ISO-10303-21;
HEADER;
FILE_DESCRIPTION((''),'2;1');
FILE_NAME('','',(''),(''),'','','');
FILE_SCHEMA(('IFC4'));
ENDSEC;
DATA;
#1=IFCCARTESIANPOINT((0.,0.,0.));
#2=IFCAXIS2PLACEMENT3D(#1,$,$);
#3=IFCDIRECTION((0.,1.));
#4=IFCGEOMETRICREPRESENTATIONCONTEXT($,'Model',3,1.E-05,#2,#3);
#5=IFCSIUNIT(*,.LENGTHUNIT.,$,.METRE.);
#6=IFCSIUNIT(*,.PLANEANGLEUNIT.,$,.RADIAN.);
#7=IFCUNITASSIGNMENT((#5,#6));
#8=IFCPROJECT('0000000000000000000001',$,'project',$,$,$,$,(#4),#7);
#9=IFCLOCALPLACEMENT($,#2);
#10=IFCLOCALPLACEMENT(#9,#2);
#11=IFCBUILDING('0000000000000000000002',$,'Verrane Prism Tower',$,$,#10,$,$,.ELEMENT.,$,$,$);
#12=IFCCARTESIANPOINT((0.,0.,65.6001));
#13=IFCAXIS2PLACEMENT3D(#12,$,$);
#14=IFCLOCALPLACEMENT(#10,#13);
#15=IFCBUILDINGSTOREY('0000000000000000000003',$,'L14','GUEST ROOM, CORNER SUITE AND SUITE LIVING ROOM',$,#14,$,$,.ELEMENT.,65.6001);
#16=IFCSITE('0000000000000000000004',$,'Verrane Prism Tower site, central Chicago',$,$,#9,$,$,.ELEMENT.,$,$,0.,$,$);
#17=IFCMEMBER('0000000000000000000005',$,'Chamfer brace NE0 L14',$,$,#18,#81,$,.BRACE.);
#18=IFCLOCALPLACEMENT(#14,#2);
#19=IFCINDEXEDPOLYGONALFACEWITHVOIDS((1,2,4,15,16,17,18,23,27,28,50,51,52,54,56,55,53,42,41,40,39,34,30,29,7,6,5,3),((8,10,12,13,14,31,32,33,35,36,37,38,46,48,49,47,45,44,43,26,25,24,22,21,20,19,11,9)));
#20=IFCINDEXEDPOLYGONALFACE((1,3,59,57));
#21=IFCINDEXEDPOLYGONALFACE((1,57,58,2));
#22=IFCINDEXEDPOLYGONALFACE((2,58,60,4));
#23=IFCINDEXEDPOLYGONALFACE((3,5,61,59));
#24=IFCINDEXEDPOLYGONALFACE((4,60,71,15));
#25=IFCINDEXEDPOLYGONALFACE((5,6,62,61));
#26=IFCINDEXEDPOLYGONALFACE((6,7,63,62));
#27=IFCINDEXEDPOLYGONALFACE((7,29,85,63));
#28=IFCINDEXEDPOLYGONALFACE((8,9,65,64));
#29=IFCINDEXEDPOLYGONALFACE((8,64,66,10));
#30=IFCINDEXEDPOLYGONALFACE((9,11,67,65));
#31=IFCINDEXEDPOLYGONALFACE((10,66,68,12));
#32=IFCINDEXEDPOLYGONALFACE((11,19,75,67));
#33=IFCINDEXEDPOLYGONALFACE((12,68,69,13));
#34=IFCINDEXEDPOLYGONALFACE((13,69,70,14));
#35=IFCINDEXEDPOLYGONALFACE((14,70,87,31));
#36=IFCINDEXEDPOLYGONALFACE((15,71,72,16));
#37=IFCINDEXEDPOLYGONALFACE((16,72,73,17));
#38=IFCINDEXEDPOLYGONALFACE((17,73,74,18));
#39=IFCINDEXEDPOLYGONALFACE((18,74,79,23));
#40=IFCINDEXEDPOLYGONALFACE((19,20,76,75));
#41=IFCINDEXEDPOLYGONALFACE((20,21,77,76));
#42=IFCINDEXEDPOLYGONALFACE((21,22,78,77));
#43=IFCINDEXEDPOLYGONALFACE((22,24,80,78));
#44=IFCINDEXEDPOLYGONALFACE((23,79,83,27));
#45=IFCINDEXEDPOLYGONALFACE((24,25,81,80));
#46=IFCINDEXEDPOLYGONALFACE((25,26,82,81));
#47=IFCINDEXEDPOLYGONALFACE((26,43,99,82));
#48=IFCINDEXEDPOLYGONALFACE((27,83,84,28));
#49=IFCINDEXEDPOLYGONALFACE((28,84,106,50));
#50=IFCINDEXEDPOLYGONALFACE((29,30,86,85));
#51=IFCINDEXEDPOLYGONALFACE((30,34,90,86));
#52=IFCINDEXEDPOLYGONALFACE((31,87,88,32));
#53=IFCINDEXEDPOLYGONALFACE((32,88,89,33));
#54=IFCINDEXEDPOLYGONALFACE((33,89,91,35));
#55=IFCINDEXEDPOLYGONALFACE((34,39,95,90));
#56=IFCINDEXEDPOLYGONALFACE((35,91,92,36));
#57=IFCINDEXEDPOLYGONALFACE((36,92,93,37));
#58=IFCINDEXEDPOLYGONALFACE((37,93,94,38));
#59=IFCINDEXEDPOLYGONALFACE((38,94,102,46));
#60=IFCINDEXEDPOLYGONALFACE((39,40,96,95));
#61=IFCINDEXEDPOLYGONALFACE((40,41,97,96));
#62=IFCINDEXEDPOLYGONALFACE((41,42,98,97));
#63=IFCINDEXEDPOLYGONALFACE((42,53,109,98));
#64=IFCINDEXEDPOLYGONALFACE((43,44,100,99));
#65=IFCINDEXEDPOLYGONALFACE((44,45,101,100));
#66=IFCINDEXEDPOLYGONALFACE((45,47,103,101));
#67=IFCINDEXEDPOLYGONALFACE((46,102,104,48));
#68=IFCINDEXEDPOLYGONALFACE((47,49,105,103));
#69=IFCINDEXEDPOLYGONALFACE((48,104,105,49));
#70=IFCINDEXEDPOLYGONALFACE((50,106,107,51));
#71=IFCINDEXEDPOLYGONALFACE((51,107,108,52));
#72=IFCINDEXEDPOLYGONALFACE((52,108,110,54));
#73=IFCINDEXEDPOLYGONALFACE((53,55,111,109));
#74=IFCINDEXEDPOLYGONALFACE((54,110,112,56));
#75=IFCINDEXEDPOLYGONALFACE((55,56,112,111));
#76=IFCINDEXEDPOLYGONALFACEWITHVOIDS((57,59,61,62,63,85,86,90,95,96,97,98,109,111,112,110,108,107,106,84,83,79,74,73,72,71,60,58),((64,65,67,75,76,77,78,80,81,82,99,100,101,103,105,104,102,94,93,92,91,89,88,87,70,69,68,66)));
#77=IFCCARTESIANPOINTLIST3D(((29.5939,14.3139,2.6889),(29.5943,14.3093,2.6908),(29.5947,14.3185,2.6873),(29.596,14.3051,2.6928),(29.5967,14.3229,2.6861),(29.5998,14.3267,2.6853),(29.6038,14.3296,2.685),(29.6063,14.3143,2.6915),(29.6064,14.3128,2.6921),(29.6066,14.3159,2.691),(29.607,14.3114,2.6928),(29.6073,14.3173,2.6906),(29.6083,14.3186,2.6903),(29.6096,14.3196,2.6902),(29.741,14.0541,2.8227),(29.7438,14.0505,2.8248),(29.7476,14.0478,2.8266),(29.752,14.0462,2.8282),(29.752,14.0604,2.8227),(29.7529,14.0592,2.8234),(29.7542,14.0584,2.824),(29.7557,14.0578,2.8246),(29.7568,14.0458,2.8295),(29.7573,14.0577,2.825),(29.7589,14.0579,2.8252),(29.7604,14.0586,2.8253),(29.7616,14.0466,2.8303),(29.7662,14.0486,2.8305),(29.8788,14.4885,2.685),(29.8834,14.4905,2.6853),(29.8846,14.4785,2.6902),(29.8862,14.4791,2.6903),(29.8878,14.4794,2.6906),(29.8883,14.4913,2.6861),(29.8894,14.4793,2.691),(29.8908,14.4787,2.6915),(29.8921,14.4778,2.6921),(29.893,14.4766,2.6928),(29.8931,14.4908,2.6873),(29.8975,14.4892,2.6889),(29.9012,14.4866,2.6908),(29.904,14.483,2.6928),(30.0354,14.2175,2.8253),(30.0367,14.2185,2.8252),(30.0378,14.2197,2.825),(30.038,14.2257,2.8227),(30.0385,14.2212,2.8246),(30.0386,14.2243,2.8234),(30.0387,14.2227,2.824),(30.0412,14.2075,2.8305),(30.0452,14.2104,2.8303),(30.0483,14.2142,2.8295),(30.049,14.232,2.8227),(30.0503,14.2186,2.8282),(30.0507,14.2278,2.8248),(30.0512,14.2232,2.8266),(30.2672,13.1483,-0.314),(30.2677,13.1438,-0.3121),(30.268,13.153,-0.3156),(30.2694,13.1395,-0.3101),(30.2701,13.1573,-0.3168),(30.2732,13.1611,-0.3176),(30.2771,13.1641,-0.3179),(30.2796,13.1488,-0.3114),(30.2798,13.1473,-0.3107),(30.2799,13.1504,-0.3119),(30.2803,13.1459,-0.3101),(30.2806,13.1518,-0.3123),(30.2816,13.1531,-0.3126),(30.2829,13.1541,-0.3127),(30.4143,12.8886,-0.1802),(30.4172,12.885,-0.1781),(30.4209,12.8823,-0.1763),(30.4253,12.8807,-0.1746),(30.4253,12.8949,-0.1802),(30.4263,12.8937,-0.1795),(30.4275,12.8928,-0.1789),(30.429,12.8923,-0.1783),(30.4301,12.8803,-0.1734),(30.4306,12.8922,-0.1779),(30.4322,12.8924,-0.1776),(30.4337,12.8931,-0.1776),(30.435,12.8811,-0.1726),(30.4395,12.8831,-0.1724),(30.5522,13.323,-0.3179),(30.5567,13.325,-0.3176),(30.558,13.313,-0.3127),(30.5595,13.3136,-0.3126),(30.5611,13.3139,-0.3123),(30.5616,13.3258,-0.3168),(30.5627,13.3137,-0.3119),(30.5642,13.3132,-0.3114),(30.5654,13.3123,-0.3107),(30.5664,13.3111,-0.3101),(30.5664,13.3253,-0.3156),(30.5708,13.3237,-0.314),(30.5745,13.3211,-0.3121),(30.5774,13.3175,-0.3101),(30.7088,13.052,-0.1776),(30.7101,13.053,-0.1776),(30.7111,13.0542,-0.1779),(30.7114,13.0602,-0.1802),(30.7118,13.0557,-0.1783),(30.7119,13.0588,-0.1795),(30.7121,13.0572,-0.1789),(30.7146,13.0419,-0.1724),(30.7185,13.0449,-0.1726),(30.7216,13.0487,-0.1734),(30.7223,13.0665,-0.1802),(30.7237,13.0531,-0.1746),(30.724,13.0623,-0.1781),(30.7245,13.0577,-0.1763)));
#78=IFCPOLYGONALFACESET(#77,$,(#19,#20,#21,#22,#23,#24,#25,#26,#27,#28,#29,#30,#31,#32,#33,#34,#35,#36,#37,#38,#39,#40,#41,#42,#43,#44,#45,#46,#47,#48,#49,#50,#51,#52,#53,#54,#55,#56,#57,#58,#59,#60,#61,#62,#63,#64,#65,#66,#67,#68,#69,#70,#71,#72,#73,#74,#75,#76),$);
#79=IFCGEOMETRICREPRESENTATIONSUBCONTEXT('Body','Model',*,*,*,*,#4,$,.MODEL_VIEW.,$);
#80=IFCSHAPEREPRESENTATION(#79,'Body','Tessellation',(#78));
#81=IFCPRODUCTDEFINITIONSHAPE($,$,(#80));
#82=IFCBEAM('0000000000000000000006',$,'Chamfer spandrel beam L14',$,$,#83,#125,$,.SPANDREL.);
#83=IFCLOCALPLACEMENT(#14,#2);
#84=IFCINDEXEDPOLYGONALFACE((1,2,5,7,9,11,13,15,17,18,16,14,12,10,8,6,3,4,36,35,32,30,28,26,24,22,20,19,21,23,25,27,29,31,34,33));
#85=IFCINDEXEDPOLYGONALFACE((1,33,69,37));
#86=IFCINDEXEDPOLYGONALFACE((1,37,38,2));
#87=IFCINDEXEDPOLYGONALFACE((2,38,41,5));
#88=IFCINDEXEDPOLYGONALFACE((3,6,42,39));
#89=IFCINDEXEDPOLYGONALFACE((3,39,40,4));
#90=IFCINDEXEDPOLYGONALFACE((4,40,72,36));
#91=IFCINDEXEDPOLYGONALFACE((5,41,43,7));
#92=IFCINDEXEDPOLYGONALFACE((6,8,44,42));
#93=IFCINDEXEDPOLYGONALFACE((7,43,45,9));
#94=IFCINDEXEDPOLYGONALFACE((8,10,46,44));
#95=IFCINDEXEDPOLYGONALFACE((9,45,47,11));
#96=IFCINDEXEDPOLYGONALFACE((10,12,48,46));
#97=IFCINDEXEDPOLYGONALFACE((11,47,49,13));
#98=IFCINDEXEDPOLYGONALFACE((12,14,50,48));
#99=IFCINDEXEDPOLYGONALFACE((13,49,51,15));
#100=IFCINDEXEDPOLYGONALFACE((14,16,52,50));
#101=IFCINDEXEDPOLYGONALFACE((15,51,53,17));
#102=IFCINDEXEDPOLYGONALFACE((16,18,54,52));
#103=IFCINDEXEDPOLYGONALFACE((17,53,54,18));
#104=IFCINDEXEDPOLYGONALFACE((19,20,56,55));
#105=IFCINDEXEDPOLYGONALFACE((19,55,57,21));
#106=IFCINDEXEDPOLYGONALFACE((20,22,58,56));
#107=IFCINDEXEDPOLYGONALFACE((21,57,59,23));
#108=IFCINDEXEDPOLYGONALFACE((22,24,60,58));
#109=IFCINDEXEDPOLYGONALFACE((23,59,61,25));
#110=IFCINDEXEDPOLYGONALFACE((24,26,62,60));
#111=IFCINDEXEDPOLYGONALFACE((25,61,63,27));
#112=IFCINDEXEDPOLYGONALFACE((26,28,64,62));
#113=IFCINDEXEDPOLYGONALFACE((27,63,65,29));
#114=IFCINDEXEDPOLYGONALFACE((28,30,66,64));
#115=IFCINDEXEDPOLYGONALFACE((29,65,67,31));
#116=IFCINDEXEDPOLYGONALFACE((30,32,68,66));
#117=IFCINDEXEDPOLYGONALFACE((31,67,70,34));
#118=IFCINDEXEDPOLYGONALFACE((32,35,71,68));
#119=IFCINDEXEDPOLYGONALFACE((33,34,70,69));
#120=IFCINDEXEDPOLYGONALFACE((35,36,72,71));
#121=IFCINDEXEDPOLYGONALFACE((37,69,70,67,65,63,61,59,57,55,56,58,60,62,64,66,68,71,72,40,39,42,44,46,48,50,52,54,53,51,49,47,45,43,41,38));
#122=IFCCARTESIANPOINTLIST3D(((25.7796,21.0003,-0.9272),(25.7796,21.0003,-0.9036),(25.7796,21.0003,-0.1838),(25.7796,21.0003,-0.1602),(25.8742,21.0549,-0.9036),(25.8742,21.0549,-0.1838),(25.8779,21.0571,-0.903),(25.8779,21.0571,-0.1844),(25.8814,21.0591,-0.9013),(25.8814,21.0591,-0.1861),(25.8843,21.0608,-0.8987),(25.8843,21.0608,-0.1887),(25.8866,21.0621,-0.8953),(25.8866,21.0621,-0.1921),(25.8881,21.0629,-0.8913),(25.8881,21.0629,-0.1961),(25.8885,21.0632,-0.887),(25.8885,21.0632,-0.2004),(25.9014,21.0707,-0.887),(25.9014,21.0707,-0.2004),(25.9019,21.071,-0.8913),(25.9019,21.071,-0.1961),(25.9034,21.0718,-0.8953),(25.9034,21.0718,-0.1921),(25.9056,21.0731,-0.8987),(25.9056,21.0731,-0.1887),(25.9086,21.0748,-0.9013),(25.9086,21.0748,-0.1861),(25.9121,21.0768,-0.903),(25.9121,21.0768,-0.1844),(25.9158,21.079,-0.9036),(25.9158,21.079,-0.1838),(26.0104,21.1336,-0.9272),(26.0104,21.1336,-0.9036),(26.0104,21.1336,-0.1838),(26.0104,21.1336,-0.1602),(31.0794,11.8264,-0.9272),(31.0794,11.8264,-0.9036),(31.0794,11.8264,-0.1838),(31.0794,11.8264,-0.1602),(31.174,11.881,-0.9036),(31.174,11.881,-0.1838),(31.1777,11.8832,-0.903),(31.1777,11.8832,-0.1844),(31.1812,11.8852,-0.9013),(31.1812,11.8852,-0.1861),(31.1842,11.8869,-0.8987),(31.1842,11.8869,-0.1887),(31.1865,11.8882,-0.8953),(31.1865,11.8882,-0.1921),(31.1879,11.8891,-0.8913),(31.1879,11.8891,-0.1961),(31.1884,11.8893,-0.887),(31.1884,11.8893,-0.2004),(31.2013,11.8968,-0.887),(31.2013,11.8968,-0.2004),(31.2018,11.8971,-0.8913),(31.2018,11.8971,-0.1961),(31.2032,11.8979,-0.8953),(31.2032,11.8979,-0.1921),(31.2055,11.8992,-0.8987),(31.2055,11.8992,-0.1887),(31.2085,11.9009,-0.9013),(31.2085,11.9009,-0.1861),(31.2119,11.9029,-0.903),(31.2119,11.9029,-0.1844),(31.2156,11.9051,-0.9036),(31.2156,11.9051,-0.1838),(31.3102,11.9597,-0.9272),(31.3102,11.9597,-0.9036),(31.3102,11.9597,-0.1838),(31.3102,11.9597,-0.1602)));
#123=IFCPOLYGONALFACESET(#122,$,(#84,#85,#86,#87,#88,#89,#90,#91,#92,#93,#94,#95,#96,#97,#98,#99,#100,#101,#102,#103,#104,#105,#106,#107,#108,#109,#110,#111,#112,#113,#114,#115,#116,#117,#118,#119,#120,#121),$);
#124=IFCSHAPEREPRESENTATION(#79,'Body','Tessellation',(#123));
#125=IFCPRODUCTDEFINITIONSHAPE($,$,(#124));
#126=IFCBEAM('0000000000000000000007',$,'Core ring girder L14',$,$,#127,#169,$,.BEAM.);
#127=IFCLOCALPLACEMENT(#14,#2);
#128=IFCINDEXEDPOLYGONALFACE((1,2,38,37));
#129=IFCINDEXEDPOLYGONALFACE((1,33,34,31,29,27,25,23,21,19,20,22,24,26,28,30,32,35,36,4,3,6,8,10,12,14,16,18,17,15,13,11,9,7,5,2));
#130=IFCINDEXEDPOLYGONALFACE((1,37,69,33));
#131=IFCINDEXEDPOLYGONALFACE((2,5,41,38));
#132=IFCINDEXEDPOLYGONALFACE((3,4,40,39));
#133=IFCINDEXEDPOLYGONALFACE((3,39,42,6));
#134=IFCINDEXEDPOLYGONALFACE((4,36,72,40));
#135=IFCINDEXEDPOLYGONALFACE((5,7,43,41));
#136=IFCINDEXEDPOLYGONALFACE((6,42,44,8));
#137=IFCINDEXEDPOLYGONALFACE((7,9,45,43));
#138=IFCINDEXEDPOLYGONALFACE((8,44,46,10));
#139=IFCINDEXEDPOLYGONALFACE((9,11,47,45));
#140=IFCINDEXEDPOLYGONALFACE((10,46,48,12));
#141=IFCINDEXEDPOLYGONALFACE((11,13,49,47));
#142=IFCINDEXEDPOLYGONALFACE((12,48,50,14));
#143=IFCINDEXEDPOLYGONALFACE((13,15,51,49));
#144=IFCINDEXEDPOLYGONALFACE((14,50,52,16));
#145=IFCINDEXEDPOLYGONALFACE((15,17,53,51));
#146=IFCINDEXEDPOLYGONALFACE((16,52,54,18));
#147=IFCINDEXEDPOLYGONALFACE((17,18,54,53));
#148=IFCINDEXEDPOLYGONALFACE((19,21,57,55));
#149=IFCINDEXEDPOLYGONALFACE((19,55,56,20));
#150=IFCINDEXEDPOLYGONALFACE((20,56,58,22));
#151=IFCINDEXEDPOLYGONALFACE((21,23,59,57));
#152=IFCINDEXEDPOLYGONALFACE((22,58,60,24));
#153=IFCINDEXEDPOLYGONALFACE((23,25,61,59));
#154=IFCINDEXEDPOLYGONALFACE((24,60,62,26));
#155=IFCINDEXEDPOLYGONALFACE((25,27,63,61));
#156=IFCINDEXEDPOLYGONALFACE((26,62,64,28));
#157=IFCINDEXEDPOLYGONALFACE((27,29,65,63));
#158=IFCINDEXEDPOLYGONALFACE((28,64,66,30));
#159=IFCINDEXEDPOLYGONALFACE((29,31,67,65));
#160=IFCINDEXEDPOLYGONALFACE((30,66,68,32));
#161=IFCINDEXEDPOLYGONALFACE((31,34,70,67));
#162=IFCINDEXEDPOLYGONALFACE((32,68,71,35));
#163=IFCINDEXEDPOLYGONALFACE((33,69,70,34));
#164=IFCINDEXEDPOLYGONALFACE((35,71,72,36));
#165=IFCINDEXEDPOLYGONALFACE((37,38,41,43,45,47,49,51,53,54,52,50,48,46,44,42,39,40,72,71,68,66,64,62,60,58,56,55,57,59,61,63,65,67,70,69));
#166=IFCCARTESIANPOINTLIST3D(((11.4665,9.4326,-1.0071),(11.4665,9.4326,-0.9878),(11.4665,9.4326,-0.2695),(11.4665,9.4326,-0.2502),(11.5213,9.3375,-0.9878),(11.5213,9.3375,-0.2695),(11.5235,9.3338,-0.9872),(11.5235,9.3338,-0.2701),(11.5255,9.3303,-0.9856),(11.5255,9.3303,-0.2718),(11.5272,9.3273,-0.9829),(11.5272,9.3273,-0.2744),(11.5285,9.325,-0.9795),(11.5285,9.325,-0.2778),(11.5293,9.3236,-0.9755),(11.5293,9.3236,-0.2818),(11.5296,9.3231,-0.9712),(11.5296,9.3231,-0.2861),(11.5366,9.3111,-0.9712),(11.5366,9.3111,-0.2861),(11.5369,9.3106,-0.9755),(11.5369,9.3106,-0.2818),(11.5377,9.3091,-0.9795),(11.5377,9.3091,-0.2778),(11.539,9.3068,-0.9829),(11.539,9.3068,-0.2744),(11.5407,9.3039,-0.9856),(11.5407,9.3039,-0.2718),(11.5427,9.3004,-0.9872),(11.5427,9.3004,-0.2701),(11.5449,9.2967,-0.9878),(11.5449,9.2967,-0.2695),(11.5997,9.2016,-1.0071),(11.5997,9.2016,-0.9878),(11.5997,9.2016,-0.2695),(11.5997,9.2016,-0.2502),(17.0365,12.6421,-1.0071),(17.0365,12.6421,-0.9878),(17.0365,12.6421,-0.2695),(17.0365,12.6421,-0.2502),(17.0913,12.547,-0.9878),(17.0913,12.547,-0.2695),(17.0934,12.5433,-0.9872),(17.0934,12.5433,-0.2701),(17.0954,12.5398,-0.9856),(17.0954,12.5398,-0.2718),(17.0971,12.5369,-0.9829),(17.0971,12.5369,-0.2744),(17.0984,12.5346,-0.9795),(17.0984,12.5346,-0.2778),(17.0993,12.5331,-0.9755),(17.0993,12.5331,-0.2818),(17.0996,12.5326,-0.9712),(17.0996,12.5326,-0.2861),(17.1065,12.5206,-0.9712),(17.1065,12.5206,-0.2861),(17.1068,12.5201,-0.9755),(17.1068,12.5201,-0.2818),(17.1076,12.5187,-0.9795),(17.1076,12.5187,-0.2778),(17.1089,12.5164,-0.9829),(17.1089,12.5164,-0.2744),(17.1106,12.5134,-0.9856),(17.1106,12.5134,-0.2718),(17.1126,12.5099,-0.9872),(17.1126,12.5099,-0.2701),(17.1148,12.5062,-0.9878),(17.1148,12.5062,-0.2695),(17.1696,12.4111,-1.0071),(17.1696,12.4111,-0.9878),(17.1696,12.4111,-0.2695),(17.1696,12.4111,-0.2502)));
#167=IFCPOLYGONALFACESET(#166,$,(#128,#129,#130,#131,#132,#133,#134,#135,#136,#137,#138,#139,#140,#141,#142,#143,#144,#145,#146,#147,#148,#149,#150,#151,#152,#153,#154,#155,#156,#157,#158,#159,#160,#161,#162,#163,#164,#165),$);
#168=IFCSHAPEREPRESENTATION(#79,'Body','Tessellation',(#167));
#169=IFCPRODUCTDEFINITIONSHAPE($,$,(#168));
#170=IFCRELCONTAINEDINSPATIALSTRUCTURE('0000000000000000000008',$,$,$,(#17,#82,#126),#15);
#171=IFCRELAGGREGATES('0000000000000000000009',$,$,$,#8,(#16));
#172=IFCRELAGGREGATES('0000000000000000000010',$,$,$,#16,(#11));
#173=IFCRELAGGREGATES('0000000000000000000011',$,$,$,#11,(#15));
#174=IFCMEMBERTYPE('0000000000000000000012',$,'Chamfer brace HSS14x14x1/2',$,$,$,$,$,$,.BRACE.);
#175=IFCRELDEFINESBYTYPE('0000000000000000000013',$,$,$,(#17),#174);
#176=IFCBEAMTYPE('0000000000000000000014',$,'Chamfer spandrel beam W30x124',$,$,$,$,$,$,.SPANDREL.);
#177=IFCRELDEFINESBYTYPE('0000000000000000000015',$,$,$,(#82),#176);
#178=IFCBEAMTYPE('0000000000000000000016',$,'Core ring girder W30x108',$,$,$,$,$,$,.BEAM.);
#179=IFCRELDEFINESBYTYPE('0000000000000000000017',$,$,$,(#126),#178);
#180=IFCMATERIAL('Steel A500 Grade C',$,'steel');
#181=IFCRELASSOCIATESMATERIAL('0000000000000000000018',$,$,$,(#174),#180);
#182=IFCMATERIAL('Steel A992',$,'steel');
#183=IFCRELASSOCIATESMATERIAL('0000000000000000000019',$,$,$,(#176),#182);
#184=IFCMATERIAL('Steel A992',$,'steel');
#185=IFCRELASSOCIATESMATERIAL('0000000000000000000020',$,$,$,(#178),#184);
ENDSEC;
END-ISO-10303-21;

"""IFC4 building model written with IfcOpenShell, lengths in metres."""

from ifc_helpers import new_model, si_unit, direction, frame, origin, origin_2d, place, context, subcontext, project, spatial, hollow_rectangle, i_section, extrude, material, material_profile, profile_set, type_object, element, save


model = new_model("IFC4")

# Units and contexts
model_context = context("Model", 3, precision=1e-05, world=origin(), true_north=direction((0.0, 1.0)))
body_context = subcontext(model_context, "Body", "Model", "MODEL_VIEW")
ifc_project = project(units=[si_unit("LENGTHUNIT", "METRE"), si_unit("PLANEANGLEUNIT", "RADIAN")], contexts=[model_context])

# Site, building, storey
site_placement = place(None, origin())
site = spatial("IfcSite", under=ifc_project, at=site_placement, Name="Verrane Prism Tower site, central Chicago", CompositionType="ELEMENT", RefElevation=0.0)
building_placement = place(site_placement, origin())
building = spatial("IfcBuilding", under=site, at=building_placement, Name="Verrane Prism Tower", CompositionType="ELEMENT")
storey_placement = place(building_placement, frame((0.0, 0.0, 65.6001)))
storey = spatial("IfcBuildingStorey", under=building, at=storey_placement, Name="L14", Description="GUEST ROOM, CORNER SUITE AND SUITE LIVING ROOM", CompositionType="ELEMENT", Elevation=65.6001)

# Member
ifc_material_1 = material(Name="Steel A500 Grade C", Category="steel")
ifc_material_profile_1 = material_profile(ifc_material_1, hollow_rectangle(XDim=0.3557, YDim=0.3557, WallThickness=0.0127, InnerFilletRadius=0.0063, OuterFilletRadius=0.019, at=origin_2d()), Name="HSS14x14x1/2")
ifc_profile_set_1 = profile_set([ifc_material_profile_1], Name="Steel A500 Grade C")
member_type_1 = type_object("IfcMemberType", Name="Chamfer brace HSS14x14x1/2", PredefinedType="BRACE", material=ifc_profile_set_1)
member_1_placement = place(storey_placement, frame((30.4958, 13.103, -0.2451), z_axis=(-0.204612, 0.354176, 0.91252), x_axis=(-0.86589, -0.500235, 0.0)))
element("IfcMember", 1, at=member_1_placement, inside=storey, type_object=member_type_1, Name="Chamfer brace NE0 L14", PredefinedType="BRACE", context=body_context, shape_type="SweptSolid", body=[
    extrude(hollow_rectangle(XDim=0.3557, YDim=0.3557, WallThickness=0.0127, InnerFilletRadius=0.0063, OuterFilletRadius=0.019, at=origin_2d()), origin(), (0.0, 0.0, 1.0), 3.2908),
])

# Beams
ifc_material_2 = material(Name="Steel A992", Category="steel")
ifc_material_profile_2 = material_profile(ifc_material_2, i_section(OverallWidth=0.2666, OverallDepth=0.7671, WebThickness=0.0149, FlangeThickness=0.0237, FilletRadius=0.0166, at=origin_2d()), Name="W30x124")
ifc_profile_set_2 = profile_set([ifc_material_profile_2], Name="Steel A992")
beam_type_1 = type_object("IfcBeamType", Name="Chamfer spandrel beam W30x124", PredefinedType="SPANDREL", material=ifc_profile_set_2)
beam_1_placement = place(storey_placement, frame((31.1948, 11.8931, -0.5437), z_axis=(-0.500233, 0.865891, 0.0), x_axis=(-0.865891, -0.500233, 0.0)))
element("IfcBeam", 2, at=beam_1_placement, inside=storey, type_object=beam_type_1, Name="Chamfer spandrel beam L14", PredefinedType="SPANDREL", context=body_context, shape_type="SweptSolid", body=[
    extrude(i_section(OverallWidth=0.2666, OverallDepth=0.7671, WebThickness=0.0149, FlangeThickness=0.0237, FilletRadius=0.0166, at=origin_2d()), origin(), (0.0, 0.0, 1.0), 10.5947),
])
ifc_material_3 = material(Name="Steel A992", Category="steel")
ifc_material_profile_3 = material_profile(ifc_material_3, i_section(OverallWidth=0.2666, OverallDepth=0.7568, WebThickness=0.0139, FlangeThickness=0.0193, FilletRadius=0.0166, at=origin_2d()), Name="W30x108")
ifc_profile_set_3 = profile_set([ifc_material_profile_3], Name="Steel A992")
beam_type_2 = type_object("IfcBeamType", Name="Core ring girder W30x108", PredefinedType="BEAM", material=ifc_profile_set_3)
beam_2_placement = place(storey_placement, frame((17.103, 12.5266, -0.6287), z_axis=(-0.866447, -0.499269, 0.0), x_axis=(0.499269, -0.866447, 0.0)))
element("IfcBeam", 3, at=beam_2_placement, inside=storey, type_object=beam_type_2, Name="Core ring girder L14", PredefinedType="BEAM", context=body_context, shape_type="SweptSolid", body=[
    extrude(i_section(OverallWidth=0.2666, OverallDepth=0.7568, WebThickness=0.0139, FlangeThickness=0.0193, FilletRadius=0.0166, at=origin_2d()), origin(), (0.0, 0.0, 1.0), 6.4285),
])

save(model, "model.ifc")
